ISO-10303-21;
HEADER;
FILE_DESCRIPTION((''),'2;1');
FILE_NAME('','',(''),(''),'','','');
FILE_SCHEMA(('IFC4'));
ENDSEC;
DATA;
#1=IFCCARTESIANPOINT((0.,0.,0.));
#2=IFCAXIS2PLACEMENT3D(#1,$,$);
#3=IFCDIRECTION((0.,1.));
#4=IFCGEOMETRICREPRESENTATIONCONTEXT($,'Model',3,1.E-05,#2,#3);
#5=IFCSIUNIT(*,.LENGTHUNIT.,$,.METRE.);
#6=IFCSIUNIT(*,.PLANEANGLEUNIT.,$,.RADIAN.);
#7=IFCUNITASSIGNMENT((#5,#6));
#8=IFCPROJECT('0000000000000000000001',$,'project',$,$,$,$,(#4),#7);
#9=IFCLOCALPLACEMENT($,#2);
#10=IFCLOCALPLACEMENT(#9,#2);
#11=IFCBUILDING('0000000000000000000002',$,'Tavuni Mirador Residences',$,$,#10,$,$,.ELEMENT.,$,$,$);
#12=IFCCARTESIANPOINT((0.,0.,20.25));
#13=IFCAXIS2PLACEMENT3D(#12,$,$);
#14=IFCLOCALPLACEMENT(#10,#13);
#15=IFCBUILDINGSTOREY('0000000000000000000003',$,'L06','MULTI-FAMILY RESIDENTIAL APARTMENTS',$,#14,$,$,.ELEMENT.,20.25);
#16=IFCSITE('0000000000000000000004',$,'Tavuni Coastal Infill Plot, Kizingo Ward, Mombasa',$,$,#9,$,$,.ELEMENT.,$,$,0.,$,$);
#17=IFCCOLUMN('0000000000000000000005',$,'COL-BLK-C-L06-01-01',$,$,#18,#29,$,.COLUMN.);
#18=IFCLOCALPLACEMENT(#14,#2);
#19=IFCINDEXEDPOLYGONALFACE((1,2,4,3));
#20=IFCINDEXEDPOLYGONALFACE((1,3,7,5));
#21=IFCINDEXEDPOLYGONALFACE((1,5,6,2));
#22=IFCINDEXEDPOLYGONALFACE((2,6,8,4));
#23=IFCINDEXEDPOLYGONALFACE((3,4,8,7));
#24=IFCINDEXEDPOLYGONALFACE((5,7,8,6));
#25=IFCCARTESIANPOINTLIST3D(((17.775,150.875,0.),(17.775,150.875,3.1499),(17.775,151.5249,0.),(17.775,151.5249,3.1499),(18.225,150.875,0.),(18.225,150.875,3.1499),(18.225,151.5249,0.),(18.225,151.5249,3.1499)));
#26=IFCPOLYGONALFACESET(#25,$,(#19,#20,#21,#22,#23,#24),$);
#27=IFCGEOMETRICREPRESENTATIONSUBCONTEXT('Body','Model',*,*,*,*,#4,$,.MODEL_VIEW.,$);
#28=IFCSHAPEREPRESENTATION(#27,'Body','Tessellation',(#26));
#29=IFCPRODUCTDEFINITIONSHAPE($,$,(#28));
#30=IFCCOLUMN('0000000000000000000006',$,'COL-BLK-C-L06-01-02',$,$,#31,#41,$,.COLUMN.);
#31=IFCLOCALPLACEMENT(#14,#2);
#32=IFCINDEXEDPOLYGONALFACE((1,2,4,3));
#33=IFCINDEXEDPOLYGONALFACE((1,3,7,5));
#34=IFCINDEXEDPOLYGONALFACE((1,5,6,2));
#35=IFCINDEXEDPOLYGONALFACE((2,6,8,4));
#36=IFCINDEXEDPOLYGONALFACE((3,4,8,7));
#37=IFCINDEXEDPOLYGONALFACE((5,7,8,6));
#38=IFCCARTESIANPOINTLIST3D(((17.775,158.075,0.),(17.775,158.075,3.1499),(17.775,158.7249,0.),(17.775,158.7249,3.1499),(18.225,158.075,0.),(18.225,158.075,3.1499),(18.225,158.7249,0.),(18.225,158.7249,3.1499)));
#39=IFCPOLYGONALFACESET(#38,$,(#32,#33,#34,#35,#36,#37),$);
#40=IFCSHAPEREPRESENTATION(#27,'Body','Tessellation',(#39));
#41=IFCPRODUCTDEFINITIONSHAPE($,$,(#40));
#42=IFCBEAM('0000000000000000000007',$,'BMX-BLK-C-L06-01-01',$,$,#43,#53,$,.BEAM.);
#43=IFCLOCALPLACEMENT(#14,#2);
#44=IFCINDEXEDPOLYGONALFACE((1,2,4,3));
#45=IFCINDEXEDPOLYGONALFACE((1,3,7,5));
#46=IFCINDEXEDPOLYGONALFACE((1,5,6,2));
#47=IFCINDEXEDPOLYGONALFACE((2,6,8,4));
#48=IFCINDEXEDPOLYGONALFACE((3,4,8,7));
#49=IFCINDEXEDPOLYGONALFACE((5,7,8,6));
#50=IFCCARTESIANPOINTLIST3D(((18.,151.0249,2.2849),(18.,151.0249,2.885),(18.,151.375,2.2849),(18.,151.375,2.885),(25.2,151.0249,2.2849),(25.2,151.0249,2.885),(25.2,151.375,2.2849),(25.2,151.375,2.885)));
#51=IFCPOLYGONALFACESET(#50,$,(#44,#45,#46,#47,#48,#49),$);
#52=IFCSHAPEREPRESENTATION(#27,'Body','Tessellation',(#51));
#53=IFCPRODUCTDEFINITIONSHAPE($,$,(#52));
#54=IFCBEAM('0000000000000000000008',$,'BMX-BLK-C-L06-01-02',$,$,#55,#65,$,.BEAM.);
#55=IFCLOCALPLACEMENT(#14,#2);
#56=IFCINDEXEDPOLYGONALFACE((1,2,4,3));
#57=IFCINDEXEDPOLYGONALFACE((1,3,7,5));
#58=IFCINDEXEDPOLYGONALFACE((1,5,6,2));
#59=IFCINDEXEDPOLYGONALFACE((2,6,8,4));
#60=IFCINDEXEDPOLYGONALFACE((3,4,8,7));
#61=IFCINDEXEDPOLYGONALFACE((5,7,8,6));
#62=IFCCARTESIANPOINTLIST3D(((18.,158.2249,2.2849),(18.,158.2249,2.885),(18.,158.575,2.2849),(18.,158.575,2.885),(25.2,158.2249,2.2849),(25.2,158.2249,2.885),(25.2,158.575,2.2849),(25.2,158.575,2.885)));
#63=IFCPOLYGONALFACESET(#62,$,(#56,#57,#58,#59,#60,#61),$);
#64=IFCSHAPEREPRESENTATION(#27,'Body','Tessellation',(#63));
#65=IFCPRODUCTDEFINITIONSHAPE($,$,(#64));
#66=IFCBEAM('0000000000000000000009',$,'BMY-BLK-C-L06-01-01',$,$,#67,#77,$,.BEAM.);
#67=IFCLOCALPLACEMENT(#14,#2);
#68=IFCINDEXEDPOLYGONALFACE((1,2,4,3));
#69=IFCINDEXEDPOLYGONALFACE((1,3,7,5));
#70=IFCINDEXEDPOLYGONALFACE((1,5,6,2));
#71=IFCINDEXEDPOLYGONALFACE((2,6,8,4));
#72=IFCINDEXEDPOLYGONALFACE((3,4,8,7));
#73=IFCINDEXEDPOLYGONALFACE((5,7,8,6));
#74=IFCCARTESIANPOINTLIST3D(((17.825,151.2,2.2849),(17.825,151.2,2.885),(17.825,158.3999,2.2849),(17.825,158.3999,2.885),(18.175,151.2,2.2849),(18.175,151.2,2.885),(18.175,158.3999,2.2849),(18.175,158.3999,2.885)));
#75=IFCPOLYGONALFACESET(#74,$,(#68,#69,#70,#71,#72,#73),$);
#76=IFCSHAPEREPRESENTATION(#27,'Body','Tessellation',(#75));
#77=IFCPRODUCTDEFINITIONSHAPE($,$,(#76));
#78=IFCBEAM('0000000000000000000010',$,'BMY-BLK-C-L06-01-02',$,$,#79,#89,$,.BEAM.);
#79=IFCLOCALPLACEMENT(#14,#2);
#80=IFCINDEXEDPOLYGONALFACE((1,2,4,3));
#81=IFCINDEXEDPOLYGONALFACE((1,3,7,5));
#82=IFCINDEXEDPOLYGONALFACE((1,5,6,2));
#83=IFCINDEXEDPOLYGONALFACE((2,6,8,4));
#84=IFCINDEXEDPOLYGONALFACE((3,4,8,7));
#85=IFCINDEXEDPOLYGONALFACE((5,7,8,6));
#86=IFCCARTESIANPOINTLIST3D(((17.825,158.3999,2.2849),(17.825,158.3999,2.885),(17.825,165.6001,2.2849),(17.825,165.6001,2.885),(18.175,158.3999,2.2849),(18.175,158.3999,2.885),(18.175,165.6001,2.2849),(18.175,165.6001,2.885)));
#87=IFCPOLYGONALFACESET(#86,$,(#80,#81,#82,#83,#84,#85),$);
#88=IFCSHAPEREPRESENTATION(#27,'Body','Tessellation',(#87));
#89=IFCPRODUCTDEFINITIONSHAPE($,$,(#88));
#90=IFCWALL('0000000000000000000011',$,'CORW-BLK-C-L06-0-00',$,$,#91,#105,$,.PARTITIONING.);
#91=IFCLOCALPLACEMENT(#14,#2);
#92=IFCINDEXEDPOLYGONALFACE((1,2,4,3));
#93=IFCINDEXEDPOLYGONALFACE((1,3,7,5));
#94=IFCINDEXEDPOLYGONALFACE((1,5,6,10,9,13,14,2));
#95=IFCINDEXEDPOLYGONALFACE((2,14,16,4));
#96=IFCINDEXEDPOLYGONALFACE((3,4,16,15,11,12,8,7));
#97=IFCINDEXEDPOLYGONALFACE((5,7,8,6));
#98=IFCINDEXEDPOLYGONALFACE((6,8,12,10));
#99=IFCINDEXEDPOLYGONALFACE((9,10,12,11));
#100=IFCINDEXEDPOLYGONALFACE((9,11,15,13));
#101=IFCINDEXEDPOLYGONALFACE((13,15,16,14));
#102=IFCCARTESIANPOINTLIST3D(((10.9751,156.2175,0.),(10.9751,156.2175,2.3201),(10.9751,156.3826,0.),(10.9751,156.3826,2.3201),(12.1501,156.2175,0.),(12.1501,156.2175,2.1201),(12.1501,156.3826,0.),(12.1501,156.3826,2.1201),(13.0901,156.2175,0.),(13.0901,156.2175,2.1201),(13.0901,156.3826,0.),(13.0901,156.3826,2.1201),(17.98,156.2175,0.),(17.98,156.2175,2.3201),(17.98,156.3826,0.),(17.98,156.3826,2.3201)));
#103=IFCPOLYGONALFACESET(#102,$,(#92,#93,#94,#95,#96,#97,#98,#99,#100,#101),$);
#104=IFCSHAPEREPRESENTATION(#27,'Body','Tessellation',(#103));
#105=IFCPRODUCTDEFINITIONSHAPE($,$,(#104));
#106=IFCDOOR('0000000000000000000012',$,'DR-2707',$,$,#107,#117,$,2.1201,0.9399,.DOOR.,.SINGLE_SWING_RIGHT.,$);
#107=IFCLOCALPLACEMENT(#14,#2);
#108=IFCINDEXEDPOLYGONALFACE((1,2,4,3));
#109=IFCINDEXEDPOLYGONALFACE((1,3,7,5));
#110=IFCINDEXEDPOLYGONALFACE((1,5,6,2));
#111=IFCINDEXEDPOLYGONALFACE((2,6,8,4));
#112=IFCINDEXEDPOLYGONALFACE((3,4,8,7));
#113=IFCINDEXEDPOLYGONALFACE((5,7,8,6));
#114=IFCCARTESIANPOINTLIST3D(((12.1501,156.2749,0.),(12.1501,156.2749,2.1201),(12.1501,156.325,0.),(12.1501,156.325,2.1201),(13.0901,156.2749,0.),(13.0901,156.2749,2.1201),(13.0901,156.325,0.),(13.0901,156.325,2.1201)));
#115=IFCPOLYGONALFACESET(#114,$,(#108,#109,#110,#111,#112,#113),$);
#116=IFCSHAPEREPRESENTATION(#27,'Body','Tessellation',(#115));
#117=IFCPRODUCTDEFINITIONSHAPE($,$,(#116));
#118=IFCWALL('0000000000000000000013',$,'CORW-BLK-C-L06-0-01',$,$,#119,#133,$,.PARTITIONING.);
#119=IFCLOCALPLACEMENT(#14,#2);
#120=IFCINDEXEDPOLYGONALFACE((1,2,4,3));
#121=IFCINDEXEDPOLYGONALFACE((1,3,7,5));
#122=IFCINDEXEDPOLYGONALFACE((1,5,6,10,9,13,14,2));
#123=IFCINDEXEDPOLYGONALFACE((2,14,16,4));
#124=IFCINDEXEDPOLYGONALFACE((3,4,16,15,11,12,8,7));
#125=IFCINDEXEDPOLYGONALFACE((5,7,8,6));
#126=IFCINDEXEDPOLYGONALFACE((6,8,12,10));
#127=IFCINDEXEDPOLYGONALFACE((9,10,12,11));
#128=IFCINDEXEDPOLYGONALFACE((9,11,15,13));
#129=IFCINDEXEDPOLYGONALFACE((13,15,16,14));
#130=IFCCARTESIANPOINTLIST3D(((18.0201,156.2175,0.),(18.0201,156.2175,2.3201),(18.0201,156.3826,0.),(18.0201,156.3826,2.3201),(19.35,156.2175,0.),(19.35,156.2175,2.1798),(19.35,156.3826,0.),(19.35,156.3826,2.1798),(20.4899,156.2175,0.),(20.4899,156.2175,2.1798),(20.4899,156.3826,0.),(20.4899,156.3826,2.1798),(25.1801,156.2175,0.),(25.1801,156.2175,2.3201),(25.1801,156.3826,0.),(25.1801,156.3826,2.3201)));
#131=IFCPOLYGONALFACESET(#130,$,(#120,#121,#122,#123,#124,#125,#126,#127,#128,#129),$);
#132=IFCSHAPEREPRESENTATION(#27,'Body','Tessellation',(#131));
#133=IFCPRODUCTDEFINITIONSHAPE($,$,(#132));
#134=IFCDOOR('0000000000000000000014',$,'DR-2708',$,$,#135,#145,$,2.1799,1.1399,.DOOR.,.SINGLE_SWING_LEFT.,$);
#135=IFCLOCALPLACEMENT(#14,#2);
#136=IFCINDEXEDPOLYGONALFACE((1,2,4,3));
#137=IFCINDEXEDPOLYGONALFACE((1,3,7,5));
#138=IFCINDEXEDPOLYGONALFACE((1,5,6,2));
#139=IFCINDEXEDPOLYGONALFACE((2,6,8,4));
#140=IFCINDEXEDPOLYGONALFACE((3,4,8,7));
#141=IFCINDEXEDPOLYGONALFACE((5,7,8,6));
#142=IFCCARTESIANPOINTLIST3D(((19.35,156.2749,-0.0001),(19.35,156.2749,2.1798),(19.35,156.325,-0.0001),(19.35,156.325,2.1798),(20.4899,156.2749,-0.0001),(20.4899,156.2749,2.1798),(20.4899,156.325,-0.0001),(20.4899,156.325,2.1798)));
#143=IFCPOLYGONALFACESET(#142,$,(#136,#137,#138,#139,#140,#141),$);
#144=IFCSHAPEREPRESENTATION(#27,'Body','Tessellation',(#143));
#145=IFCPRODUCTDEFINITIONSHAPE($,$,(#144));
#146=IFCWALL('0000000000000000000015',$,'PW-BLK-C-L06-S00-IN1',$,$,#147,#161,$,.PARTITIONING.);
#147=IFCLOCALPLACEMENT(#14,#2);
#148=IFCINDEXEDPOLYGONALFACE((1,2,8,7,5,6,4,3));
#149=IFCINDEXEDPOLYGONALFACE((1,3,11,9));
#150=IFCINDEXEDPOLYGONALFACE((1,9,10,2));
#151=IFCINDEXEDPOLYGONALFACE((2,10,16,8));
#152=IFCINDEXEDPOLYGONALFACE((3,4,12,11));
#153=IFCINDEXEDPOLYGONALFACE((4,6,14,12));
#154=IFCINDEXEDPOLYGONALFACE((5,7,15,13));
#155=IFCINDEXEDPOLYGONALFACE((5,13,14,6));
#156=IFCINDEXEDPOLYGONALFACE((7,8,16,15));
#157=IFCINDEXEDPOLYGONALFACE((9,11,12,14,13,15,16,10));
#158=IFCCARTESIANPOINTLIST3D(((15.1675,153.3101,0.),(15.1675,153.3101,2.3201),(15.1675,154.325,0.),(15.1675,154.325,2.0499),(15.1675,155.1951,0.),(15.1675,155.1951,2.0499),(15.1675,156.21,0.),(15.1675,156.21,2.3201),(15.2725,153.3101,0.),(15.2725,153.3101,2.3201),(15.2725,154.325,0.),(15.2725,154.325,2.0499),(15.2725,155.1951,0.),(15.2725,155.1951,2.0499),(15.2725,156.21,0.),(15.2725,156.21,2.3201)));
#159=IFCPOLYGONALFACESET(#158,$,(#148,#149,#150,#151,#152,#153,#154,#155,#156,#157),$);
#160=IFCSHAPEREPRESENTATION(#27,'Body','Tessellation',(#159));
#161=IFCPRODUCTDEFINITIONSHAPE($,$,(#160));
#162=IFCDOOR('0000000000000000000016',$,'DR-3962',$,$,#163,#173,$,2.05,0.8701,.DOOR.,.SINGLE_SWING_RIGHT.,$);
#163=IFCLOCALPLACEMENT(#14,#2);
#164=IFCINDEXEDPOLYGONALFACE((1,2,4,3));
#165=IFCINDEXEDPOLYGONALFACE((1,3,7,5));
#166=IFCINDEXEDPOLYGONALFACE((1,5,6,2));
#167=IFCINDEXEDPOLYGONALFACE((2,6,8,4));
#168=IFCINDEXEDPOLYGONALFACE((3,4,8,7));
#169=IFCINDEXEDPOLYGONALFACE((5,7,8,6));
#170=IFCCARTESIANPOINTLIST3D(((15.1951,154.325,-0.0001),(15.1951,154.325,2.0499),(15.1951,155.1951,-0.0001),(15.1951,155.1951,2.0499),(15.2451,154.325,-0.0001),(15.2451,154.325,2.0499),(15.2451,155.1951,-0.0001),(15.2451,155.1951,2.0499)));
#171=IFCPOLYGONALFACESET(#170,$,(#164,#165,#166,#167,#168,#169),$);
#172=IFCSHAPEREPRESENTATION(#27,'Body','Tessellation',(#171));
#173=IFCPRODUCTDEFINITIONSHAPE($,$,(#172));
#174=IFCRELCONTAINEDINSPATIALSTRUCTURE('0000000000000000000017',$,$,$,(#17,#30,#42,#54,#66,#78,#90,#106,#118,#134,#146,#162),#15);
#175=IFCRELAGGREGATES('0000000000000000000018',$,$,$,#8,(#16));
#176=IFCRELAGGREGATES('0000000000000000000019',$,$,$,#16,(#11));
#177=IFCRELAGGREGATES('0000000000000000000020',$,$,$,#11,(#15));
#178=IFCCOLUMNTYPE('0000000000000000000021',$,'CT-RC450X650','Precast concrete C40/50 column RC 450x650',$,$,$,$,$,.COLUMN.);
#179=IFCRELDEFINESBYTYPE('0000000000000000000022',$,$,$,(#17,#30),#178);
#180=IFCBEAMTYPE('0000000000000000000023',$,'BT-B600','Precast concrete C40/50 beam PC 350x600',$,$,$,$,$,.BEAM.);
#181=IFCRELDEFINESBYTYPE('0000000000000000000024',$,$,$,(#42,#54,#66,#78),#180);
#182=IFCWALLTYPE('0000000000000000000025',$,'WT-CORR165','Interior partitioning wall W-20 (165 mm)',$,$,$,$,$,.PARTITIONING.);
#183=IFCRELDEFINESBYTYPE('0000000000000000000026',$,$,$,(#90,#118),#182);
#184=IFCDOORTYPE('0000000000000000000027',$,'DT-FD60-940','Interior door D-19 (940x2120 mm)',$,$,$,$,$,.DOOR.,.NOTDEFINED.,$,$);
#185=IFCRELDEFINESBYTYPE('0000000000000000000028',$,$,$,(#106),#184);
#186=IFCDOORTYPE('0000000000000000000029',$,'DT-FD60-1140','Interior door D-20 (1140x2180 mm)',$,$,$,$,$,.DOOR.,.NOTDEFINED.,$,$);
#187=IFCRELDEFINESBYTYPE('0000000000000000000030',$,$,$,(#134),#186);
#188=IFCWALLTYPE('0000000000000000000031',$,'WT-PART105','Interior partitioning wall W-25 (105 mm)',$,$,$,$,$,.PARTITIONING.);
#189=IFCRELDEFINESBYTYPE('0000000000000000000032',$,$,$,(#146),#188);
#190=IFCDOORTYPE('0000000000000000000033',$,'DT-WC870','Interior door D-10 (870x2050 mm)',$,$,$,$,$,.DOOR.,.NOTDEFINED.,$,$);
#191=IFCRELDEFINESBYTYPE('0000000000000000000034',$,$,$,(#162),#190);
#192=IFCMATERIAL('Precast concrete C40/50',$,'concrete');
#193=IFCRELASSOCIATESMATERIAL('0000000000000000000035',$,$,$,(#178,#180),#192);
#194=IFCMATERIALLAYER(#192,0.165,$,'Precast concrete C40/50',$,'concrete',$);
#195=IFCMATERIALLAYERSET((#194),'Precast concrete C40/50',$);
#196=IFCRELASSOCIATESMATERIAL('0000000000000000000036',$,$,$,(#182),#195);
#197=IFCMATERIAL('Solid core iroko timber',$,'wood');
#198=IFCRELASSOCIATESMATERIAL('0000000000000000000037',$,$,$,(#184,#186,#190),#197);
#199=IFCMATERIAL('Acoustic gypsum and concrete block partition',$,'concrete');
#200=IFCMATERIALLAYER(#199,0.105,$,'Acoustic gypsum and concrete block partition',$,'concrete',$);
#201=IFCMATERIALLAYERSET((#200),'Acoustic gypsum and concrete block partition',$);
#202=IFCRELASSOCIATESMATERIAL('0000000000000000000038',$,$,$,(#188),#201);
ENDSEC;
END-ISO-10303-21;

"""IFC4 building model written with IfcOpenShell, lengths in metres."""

from ifc_helpers import new_model, si_unit, direction, frame, frame_2d, origin, origin_2d, place, context, subcontext, project, spatial, rectangle, extrude, material, layer, layer_set, material_profile, profile_set, type_object, element, fill, save


model = new_model("IFC4")

# Units and contexts
model_context = context("Model", 3, precision=1e-05, world=origin(), true_north=direction((0.0, 1.0)))
body_context = subcontext(model_context, "Body", "Model", "MODEL_VIEW")
ifc_project = project(units=[si_unit("LENGTHUNIT", "METRE"), si_unit("PLANEANGLEUNIT", "RADIAN")], contexts=[model_context])

# Site, building, storey
site_placement = place(None, origin())
site = spatial("IfcSite", under=ifc_project, at=site_placement, Name="Tavuni Coastal Infill Plot, Kizingo Ward, Mombasa", CompositionType="ELEMENT", RefElevation=0.0)
building_placement = place(site_placement, origin())
building = spatial("IfcBuilding", under=site, at=building_placement, Name="Tavuni Mirador Residences", CompositionType="ELEMENT")
storey_placement = place(building_placement, frame((0.0, 0.0, 20.25)))
storey = spatial("IfcBuildingStorey", under=building, at=storey_placement, Name="L06", Description="MULTI-FAMILY RESIDENTIAL APARTMENTS", CompositionType="ELEMENT", Elevation=20.25)

# Columns
ifc_material_1 = material(Name="Precast concrete C40/50", Category="concrete")
ifc_material_profile_1 = material_profile(ifc_material_1, rectangle(XDim=0.45, YDim=0.6499, at=origin_2d()), Name="RC 450x650", Category="concrete")
ifc_profile_set_1 = profile_set([ifc_material_profile_1], Name="Precast concrete C40/50")
column_type = type_object("IfcColumnType", Name="CT-RC450X650", Description="Precast concrete C40/50 column RC 450x650", PredefinedType="COLUMN", material=ifc_profile_set_1)
for number, where, z_axis, x_axis, name in (
    (1, (18.0, 151.2, 0.0), (0.0, 0.0, 1.0), (1.0, 0.0, 0.0), "COL-BLK-C-L06-01-01"),
    (2, (18.0, 158.3999, 0.0), (0.0, 0.0, 1.0), (1.0, 0.0, 0.0), "COL-BLK-C-L06-01-02"),
):
    element("IfcColumn", number, at=place(storey_placement, frame(where, z_axis=z_axis, x_axis=x_axis)), inside=storey, type_object=column_type, Name=name, PredefinedType="COLUMN", context=body_context, shape_type="SweptSolid", body=[
        extrude(rectangle(XDim=0.45, YDim=0.6499, at=origin_2d()), origin(), (0.0, 0.0, 1.0), 3.1499),
    ])

# Beams
ifc_material_profile_2 = material_profile(ifc_material_1, rectangle(XDim=0.3501, YDim=0.6001, at=origin_2d()), Name="PC 350x600", Category="concrete")
ifc_profile_set_2 = profile_set([ifc_material_profile_2], Name="Precast concrete C40/50")
beam_type = type_object("IfcBeamType", Name="BT-B600", Description="Precast concrete C40/50 beam PC 350x600", PredefinedType="BEAM", material=ifc_profile_set_2)
for number, where, z_axis, x_axis, name in (
    (3, (18.0, 151.2, 2.585), (1.0, 0.0, 0.0), (0.0, 1.0, 0.0), "BMX-BLK-C-L06-01-01"),
    (4, (18.0, 158.3999, 2.585), (1.0, 0.0, 0.0), (0.0, 1.0, 0.0), "BMX-BLK-C-L06-01-02"),
    (5, (18.0, 151.2, 2.585), (0.0, 1.0, 0.0), (-1.0, 0.0, 0.0), "BMY-BLK-C-L06-01-01"),
):
    element("IfcBeam", number, at=place(storey_placement, frame(where, z_axis=z_axis, x_axis=x_axis)), inside=storey, type_object=beam_type, Name=name, PredefinedType="BEAM", context=body_context, shape_type="SweptSolid", body=[
        extrude(rectangle(XDim=0.3501, YDim=0.6001, at=origin_2d()), origin(), (0.0, 0.0, 1.0), 7.2),
    ])
beam_placement = place(storey_placement, frame((18.0, 158.3999, 2.585), z_axis=(0.0, 1.0, 0.0), x_axis=(-1.0, 0.0, 0.0)))
element("IfcBeam", 6, at=beam_placement, inside=storey, type_object=beam_type, Name="BMY-BLK-C-L06-01-02", PredefinedType="BEAM", context=body_context, shape_type="SweptSolid", body=[
    extrude(rectangle(XDim=0.3501, YDim=0.6001, at=origin_2d()), origin(), (0.0, 0.0, 1.0), 7.2002),
])

# Walls, openings, doors
ifc_layer_1 = layer(ifc_material_1, 0.165, Name="Precast concrete C40/50", Category="concrete")
ifc_layer_set_1 = layer_set([ifc_layer_1], Name="Precast concrete C40/50")
wall_type_1 = type_object("IfcWallType", Name="WT-CORR165", Description="Interior partitioning wall W-20 (165 mm)", PredefinedType="PARTITIONING", material=ifc_layer_set_1)
wall_1_placement = place(storey_placement, frame((10.9751, 156.3, 0.0), z_axis=(0.0, 0.0, 1.0), x_axis=(1.0, 0.0, 0.0)))
wall_1 = element("IfcWall", 7, at=wall_1_placement, inside=storey, type_object=wall_type_1, Name="CORW-BLK-C-L06-0-00", PredefinedType="PARTITIONING", context=body_context, shape_type="SweptSolid", body=[
    extrude(rectangle(XDim=7.0049, YDim=0.165, at=frame_2d((3.5024, 0.0))), origin(), (0.0, 0.0, 1.0), 2.3201),
])
opening_1_placement = place(wall_1_placement, frame((1.175, 0.0, 0.0)))
opening_1 = element("IfcOpeningElement", 8, at=opening_1_placement, cuts=wall_1, PredefinedType="OPENING", context=body_context, shape_type="SweptSolid", body=[
    extrude(rectangle(XDim=0.9399, YDim=2.1201, at=frame_2d((0.47, 1.0601))), frame((0.0, 0.0925, 0.0), z_axis=(0.0, -1.0, 0.0), x_axis=(1.0, 0.0, 0.0)), (0.0, 0.0, 1.0), 0.1851),
])
ifc_material_2 = material(Name="Solid core iroko timber", Category="wood")
door_type_1 = type_object("IfcDoorType", Name="DT-FD60-940", Description="Interior door D-19 (940x2120 mm)", OperationType="NOTDEFINED", PredefinedType="DOOR", material=ifc_material_2)
door_1_placement = place(opening_1_placement, origin())
door_1 = element("IfcDoor", 9, at=door_1_placement, inside=storey, type_object=door_type_1, Name="DR-2707", OperationType="SINGLE_SWING_RIGHT", OverallHeight=2.1201, OverallWidth=0.9399, PredefinedType="DOOR", context=body_context, shape_type="SweptSolid", body=[
    extrude(rectangle(XDim=0.9399, YDim=2.1201, at=frame_2d((0.47, 1.0601))), frame((0.0, 0.0249, 0.0), z_axis=(0.0, -1.0, 0.0), x_axis=(1.0, 0.0, 0.0)), (0.0, 0.0, 1.0), 0.05),
])
fill(opening_1, door_1)
wall_2_placement = place(storey_placement, frame((18.02, 156.3, 0.0), z_axis=(0.0, 0.0, 1.0), x_axis=(1.0, 0.0, 0.0)))
wall_2 = element("IfcWall", 10, at=wall_2_placement, inside=storey, type_object=wall_type_1, Name="CORW-BLK-C-L06-0-01", PredefinedType="PARTITIONING", context=body_context, shape_type="SweptSolid", body=[
    extrude(rectangle(XDim=7.1599, YDim=0.165, at=frame_2d((3.5801, 0.0))), origin(), (0.0, 0.0, 1.0), 2.3201),
])
opening_2_placement = place(wall_2_placement, frame((1.3301, 0.0, 0.0)))
opening_2 = element("IfcOpeningElement", 11, at=opening_2_placement, cuts=wall_2, PredefinedType="OPENING", context=body_context, shape_type="SweptSolid", body=[
    extrude(rectangle(XDim=1.1399, YDim=2.1799, at=frame_2d((0.5698, 1.0898))), frame((0.0, 0.0925, 0.0), z_axis=(0.0, -1.0, 0.0), x_axis=(1.0, 0.0, 0.0)), (0.0, 0.0, 1.0), 0.1851),
])
door_type_2 = type_object("IfcDoorType", Name="DT-FD60-1140", Description="Interior door D-20 (1140x2180 mm)", OperationType="NOTDEFINED", PredefinedType="DOOR", material=ifc_material_2)
door_2_placement = place(opening_2_placement, origin())
door_2 = element("IfcDoor", 12, at=door_2_placement, inside=storey, type_object=door_type_2, Name="DR-2708", OperationType="SINGLE_SWING_LEFT", OverallHeight=2.1799, OverallWidth=1.1399, PredefinedType="DOOR", context=body_context, shape_type="SweptSolid", body=[
    extrude(rectangle(XDim=1.1399, YDim=2.1799, at=frame_2d((0.5698, 1.0898))), frame((0.0, 0.0249, 0.0), z_axis=(0.0, -1.0, 0.0), x_axis=(1.0, 0.0, 0.0)), (0.0, 0.0, 1.0), 0.05),
])
fill(opening_2, door_2)
ifc_material_3 = material(Name="Acoustic gypsum and concrete block partition", Category="concrete")
ifc_layer_2 = layer(ifc_material_3, 0.105, Name="Acoustic gypsum and concrete block partition", Category="concrete")
ifc_layer_set_2 = layer_set([ifc_layer_2], Name="Acoustic gypsum and concrete block partition")
wall_type_2 = type_object("IfcWallType", Name="WT-PART105", Description="Interior partitioning wall W-25 (105 mm)", PredefinedType="PARTITIONING", material=ifc_layer_set_2)
wall_3_placement = place(storey_placement, frame((15.22, 153.3101, 0.0), z_axis=(0.0, 0.0, 1.0), x_axis=(0.0, 1.0, 0.0)))
wall_3 = element("IfcWall", 13, at=wall_3_placement, inside=storey, type_object=wall_type_2, Name="PW-BLK-C-L06-S00-IN1", PredefinedType="PARTITIONING", context=body_context, shape_type="SweptSolid", body=[
    extrude(rectangle(XDim=2.8999, YDim=0.105, at=frame_2d((1.45, 0.0))), origin(), (0.0, 0.0, 1.0), 2.3201),
])
opening_3_placement = place(wall_3_placement, frame((1.0149, 0.0, 0.0)))
opening_3 = element("IfcOpeningElement", 14, at=opening_3_placement, cuts=wall_3, PredefinedType="OPENING", context=body_context, shape_type="SweptSolid", body=[
    extrude(rectangle(XDim=0.8701, YDim=2.05, at=frame_2d((0.4351, 1.0249))), frame((0.0, 0.0625, 0.0), z_axis=(0.0, -1.0, 0.0), x_axis=(1.0, 0.0, 0.0)), (0.0, 0.0, 1.0), 0.125),
])
door_type_3 = type_object("IfcDoorType", Name="DT-WC870", Description="Interior door D-10 (870x2050 mm)", OperationType="NOTDEFINED", PredefinedType="DOOR", material=ifc_material_2)
door_3_placement = place(opening_3_placement, origin())
door_3 = element("IfcDoor", 15, at=door_3_placement, inside=storey, type_object=door_type_3, Name="DR-3962", OperationType="SINGLE_SWING_RIGHT", OverallHeight=2.05, OverallWidth=0.8701, PredefinedType="DOOR", context=body_context, shape_type="SweptSolid", body=[
    extrude(rectangle(XDim=0.8701, YDim=2.05, at=frame_2d((0.4351, 1.0249))), frame((0.0, 0.0249, 0.0), z_axis=(0.0, -1.0, 0.0), x_axis=(1.0, 0.0, 0.0)), (0.0, 0.0, 1.0), 0.05),
])
fill(opening_3, door_3)

save(model, "model.ifc")
